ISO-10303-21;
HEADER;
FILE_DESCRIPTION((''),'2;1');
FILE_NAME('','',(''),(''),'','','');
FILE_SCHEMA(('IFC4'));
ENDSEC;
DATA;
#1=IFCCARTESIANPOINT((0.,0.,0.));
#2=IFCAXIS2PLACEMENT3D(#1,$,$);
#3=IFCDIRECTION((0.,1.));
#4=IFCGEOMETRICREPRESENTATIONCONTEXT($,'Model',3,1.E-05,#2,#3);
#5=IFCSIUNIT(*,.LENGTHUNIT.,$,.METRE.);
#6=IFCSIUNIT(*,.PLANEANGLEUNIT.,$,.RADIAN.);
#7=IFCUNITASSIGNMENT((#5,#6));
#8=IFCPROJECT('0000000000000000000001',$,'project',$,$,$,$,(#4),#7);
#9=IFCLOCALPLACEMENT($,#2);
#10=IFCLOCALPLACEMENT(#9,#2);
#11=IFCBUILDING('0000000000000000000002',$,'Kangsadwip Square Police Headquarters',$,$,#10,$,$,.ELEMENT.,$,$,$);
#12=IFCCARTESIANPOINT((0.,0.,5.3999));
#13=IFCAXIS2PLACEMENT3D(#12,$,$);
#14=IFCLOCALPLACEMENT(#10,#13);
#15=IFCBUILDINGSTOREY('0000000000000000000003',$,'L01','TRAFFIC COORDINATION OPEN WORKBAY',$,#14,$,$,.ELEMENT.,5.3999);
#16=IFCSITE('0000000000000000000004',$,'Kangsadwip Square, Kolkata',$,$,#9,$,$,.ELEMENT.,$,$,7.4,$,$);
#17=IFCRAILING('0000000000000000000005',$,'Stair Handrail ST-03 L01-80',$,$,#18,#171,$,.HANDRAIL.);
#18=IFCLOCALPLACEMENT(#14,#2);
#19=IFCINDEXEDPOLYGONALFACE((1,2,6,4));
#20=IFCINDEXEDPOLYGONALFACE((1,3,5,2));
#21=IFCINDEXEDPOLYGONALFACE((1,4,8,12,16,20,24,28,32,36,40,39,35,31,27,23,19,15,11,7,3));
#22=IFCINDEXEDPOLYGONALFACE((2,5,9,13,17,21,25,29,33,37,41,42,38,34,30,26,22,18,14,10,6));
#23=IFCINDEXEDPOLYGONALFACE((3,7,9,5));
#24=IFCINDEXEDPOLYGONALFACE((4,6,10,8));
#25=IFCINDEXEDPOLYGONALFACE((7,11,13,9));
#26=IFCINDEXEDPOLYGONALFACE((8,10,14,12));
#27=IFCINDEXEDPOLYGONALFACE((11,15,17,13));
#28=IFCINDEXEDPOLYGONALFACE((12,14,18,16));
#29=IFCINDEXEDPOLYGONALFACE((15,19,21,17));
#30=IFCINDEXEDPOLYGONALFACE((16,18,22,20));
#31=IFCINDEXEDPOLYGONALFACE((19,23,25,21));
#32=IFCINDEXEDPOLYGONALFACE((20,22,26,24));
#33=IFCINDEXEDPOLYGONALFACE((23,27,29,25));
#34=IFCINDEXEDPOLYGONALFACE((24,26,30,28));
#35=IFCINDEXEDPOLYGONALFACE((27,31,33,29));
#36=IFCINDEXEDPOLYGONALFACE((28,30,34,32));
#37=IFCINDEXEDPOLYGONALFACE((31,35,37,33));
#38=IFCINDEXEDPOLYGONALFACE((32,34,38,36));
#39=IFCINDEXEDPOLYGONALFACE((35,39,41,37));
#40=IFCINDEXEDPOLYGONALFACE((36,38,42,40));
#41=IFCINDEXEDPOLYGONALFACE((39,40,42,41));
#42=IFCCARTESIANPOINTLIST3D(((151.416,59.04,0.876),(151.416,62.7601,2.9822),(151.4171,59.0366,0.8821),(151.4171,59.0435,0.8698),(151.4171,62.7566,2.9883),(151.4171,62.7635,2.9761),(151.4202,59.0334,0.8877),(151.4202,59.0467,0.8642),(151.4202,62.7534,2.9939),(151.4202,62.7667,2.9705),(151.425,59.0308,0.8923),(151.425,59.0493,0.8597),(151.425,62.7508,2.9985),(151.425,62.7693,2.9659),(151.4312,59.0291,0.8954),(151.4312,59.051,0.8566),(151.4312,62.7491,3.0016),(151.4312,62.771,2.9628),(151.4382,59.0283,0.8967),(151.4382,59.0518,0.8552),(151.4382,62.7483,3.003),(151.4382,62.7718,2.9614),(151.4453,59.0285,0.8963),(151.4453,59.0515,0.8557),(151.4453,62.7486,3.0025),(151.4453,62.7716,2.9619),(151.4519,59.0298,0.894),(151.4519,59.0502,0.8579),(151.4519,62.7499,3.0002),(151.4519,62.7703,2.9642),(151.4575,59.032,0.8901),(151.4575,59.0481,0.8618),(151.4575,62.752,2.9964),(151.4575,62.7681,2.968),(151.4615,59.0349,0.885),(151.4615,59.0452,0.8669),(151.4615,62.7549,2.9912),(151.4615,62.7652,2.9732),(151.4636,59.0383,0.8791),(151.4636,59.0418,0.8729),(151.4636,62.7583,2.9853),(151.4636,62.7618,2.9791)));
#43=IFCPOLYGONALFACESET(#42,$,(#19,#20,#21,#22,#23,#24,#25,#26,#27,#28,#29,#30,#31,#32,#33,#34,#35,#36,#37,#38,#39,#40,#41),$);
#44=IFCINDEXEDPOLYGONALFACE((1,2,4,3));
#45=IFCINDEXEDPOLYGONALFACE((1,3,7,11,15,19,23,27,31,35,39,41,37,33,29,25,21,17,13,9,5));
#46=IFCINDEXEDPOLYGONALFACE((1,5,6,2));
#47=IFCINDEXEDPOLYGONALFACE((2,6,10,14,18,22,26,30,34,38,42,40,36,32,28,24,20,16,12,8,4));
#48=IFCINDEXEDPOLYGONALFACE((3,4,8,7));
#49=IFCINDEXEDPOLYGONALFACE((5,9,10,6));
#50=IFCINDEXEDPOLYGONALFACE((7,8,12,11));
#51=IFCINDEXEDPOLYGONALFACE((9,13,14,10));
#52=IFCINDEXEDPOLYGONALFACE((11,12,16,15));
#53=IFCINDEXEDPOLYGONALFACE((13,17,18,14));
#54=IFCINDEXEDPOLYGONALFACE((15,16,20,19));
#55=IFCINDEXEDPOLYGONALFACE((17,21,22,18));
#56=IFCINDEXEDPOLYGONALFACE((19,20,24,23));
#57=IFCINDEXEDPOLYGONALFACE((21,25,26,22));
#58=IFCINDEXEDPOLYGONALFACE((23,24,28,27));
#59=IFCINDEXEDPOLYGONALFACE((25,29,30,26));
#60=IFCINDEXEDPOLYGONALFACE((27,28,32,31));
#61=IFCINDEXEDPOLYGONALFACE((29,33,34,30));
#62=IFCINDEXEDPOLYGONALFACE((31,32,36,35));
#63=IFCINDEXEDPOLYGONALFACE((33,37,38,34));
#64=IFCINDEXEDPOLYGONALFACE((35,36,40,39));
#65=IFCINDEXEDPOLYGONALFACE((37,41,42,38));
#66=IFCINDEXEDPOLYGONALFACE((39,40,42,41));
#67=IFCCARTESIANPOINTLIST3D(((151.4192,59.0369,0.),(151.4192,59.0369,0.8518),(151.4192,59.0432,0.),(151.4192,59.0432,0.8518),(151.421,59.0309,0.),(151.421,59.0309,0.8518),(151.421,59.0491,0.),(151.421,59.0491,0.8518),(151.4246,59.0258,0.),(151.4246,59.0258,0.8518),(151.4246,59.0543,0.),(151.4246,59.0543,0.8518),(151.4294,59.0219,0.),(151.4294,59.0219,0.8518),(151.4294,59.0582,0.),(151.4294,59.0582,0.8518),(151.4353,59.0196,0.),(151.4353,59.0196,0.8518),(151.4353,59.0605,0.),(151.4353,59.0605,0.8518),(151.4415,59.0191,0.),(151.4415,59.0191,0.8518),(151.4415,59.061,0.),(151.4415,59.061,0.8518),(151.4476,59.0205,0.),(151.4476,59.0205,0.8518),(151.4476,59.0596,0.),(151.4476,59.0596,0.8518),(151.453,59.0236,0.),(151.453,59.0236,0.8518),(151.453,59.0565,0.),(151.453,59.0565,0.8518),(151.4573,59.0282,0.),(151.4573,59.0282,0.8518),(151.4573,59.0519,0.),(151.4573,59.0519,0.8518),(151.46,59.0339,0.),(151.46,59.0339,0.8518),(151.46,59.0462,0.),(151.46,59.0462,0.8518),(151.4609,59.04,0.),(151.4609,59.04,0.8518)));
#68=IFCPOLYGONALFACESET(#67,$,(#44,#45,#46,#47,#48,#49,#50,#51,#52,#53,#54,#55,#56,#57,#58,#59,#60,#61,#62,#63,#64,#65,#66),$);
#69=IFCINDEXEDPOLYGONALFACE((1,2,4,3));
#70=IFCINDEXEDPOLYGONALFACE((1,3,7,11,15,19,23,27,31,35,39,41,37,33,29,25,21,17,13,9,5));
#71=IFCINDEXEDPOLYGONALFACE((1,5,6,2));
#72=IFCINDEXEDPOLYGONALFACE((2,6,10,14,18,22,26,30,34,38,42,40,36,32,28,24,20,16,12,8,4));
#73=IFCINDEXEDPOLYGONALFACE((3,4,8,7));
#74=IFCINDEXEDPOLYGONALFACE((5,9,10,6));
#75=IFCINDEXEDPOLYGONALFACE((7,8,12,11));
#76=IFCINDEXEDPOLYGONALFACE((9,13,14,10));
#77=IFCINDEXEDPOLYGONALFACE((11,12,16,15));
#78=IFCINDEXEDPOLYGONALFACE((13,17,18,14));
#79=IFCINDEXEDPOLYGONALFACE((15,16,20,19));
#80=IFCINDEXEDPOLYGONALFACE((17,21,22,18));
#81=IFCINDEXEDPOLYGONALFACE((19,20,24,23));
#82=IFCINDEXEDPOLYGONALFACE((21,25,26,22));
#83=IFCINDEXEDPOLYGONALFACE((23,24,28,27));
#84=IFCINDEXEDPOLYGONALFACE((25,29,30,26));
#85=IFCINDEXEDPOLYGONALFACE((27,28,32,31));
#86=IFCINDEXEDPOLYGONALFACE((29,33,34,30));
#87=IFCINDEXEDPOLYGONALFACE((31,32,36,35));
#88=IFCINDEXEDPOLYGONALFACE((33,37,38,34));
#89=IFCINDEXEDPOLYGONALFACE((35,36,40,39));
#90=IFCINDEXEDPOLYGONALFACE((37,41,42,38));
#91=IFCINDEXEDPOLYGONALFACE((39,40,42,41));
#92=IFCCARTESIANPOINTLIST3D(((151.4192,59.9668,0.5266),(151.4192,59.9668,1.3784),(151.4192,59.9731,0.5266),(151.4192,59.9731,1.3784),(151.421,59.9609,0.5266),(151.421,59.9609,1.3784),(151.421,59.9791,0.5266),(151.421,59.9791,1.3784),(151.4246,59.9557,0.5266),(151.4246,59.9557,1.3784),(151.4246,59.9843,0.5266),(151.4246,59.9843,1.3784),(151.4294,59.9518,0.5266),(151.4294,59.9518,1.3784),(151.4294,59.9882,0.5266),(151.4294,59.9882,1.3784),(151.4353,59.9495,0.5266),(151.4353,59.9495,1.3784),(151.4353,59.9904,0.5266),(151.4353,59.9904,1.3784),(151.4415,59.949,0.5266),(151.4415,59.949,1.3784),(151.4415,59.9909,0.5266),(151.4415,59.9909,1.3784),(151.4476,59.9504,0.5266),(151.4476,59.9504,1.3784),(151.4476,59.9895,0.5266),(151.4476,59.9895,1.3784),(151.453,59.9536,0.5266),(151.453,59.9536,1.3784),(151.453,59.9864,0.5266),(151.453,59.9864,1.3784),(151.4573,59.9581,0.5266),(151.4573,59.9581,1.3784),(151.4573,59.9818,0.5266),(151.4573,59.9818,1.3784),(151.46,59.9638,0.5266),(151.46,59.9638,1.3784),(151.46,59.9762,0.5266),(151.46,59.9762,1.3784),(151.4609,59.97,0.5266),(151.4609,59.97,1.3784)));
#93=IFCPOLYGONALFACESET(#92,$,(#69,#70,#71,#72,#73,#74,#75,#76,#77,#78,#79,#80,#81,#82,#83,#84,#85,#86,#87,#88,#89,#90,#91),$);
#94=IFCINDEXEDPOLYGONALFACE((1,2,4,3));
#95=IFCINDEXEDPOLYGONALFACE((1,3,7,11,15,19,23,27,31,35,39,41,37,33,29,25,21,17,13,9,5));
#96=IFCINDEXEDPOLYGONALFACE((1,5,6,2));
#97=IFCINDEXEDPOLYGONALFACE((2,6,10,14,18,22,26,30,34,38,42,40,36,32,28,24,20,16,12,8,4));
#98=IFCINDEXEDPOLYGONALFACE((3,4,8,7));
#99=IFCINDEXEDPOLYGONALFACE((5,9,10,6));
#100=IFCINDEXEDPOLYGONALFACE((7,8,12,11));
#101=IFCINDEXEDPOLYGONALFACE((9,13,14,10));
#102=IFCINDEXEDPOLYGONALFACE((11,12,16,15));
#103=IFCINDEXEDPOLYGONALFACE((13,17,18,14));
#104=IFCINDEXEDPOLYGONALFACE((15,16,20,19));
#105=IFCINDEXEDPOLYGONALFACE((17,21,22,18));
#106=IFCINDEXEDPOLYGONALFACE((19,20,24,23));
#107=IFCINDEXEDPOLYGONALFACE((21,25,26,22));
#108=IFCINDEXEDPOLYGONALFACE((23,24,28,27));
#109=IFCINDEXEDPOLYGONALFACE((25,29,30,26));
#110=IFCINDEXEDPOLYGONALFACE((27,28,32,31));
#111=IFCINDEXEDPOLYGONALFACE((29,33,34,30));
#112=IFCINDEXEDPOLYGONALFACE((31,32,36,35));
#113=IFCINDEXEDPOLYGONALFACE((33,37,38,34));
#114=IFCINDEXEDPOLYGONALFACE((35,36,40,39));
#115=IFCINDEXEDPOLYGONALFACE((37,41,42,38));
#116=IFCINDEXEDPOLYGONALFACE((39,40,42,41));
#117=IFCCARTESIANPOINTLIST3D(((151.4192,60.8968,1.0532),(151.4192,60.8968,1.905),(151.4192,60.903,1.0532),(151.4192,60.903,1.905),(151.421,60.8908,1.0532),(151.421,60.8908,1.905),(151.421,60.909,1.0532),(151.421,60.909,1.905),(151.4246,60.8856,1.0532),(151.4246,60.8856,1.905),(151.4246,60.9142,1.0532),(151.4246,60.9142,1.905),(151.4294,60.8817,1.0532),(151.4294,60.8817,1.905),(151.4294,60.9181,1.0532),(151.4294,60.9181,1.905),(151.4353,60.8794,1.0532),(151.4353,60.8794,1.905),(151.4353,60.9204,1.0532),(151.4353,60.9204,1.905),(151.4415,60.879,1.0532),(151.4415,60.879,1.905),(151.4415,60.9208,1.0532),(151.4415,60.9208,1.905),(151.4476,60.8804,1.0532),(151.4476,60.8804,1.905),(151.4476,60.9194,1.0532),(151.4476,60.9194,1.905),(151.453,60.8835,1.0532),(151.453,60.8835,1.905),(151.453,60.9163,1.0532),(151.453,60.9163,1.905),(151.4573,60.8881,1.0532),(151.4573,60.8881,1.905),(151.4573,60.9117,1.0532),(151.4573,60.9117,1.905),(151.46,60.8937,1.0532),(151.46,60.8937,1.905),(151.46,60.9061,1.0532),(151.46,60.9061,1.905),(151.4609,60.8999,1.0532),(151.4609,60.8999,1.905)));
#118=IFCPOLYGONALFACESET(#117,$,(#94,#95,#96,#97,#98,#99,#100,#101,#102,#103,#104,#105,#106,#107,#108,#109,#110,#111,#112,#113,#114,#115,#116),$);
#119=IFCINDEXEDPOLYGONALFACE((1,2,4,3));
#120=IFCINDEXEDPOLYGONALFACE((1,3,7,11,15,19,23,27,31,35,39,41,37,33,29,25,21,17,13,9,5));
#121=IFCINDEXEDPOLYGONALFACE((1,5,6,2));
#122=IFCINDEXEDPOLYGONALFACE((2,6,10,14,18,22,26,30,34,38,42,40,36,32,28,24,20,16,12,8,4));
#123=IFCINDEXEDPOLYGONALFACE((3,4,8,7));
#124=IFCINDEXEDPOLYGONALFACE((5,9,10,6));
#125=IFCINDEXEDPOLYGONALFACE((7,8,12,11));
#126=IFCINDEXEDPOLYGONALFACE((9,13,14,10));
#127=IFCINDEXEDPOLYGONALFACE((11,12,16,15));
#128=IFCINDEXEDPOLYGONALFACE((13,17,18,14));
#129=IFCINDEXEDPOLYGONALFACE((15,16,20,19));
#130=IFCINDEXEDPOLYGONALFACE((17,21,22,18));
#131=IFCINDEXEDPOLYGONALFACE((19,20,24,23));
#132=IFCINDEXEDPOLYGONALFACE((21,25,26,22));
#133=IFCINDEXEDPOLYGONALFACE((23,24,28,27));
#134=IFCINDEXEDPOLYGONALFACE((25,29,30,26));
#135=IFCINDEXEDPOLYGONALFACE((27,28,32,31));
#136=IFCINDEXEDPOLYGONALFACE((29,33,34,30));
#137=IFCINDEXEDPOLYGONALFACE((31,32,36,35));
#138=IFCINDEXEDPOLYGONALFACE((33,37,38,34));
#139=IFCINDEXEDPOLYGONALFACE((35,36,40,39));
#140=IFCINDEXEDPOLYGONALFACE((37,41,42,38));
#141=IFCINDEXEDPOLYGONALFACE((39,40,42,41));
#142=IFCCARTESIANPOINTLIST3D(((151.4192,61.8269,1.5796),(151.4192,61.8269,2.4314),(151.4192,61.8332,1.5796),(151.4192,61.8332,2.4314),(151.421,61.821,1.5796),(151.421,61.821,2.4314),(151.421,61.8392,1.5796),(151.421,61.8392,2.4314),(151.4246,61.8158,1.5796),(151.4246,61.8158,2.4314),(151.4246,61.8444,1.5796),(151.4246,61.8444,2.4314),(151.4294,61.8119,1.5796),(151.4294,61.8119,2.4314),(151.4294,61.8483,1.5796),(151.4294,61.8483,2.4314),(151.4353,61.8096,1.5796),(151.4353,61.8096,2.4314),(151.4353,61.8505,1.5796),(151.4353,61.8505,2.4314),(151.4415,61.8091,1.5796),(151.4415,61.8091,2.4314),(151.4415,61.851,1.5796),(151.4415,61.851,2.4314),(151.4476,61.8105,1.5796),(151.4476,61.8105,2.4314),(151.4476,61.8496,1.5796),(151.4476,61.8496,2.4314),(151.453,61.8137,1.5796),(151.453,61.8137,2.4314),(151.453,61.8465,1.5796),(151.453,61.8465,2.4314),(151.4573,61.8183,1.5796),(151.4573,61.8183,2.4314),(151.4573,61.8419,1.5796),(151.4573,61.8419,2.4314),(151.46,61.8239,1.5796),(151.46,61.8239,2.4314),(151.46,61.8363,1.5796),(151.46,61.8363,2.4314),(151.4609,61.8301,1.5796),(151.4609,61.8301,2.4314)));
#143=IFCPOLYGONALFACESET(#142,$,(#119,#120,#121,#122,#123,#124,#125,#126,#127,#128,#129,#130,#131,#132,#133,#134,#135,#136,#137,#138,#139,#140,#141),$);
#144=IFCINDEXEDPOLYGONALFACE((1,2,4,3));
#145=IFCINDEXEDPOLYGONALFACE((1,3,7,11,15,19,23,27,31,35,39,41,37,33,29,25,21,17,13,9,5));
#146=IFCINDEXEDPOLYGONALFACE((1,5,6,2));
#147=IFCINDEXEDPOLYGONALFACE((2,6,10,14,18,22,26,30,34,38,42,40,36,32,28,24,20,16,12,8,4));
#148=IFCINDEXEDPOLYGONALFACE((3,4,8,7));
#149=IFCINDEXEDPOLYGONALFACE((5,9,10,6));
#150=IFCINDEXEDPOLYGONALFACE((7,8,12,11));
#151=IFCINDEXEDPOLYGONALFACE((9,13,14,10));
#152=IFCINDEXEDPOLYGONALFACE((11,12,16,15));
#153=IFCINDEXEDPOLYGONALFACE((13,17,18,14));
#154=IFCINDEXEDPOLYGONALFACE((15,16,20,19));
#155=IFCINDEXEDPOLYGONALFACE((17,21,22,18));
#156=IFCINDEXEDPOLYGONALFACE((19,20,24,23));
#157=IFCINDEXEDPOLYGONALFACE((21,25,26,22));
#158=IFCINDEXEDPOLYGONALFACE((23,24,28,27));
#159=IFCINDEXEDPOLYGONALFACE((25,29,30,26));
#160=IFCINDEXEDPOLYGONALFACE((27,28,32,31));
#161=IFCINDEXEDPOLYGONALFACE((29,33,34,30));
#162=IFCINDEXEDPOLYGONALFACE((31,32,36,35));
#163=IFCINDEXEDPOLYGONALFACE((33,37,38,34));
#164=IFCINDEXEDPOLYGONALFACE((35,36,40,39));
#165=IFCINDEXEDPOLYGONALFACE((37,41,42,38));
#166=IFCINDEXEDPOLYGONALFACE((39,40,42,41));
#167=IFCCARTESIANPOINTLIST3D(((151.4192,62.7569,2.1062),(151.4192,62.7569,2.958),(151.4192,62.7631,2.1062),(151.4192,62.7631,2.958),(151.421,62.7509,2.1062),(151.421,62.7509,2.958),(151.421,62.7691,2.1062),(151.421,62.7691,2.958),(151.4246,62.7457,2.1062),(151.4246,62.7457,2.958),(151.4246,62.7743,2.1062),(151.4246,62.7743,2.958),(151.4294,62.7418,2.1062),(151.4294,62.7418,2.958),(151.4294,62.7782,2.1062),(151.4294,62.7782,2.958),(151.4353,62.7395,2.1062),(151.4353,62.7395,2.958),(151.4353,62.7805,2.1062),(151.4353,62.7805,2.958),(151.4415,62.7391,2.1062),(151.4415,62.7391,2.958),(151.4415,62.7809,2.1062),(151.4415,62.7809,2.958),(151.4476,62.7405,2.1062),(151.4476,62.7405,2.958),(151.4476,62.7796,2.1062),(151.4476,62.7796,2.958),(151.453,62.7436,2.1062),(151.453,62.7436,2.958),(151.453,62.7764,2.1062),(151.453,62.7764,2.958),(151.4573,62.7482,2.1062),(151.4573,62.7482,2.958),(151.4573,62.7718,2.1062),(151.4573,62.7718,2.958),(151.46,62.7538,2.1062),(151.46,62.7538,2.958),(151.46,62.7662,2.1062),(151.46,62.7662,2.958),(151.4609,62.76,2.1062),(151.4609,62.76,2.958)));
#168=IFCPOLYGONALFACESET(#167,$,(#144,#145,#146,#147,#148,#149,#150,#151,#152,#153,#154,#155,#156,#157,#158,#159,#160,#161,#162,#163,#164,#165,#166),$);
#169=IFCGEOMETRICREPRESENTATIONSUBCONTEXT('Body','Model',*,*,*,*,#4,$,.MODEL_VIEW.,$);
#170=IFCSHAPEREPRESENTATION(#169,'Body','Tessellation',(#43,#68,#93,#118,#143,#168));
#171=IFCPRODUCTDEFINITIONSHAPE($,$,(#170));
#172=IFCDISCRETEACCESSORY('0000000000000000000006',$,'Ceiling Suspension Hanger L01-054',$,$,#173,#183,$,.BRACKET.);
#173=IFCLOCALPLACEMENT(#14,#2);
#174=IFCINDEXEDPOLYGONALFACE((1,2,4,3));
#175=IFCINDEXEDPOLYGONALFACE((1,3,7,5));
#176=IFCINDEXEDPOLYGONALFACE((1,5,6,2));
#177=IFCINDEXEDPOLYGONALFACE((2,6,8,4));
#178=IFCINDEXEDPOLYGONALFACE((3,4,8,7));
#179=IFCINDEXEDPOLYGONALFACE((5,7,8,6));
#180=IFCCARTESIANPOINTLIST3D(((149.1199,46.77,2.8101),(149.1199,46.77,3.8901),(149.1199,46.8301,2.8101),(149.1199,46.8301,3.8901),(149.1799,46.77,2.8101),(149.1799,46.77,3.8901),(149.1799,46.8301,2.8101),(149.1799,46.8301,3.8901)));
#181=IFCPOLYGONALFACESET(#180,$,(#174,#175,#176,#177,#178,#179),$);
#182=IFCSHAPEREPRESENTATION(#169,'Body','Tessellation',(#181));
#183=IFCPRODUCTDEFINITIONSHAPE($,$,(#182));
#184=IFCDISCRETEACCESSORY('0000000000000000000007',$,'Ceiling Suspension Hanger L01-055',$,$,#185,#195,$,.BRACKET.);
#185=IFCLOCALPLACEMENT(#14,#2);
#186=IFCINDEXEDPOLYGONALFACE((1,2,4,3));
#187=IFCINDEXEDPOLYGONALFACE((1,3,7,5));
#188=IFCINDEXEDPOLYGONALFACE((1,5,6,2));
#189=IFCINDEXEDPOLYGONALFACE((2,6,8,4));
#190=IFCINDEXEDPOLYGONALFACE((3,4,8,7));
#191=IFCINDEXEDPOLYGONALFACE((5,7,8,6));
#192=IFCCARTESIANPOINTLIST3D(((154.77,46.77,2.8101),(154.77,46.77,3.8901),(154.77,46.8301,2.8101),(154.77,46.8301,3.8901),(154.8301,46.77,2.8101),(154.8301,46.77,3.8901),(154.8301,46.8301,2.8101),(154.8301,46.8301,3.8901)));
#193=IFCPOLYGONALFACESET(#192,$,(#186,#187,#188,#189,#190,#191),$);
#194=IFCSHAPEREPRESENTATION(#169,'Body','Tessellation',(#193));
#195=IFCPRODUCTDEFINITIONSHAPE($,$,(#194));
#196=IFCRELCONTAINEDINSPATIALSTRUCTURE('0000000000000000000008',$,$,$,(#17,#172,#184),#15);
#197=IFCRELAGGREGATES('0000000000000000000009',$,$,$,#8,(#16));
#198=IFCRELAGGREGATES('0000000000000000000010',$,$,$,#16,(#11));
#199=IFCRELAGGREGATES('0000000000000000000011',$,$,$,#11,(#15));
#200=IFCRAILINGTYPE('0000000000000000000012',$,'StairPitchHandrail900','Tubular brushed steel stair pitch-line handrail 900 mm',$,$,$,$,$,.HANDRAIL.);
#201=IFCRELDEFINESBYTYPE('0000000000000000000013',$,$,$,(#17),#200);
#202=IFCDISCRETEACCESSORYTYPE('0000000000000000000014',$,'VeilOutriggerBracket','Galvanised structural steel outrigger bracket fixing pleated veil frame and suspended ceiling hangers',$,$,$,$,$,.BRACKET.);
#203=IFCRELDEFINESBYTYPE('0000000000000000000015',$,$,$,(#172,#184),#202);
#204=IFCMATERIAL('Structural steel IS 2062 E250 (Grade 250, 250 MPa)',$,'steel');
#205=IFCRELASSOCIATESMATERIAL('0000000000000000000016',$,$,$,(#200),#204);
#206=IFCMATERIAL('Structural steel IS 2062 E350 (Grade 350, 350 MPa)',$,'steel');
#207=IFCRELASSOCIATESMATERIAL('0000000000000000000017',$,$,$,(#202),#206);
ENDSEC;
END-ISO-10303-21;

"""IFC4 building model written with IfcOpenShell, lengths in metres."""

from ifc_helpers import new_model, si_unit, direction, frame, origin, origin_2d, place, context, subcontext, project, spatial, rectangle, circle, extrude, material, type_object, element, save


model = new_model("IFC4")

# Units and contexts
model_context = context("Model", 3, precision=1e-05, world=origin(), true_north=direction((0.0, 1.0)))
body_context = subcontext(model_context, "Body", "Model", "MODEL_VIEW")
ifc_project = project(units=[si_unit("LENGTHUNIT", "METRE"), si_unit("PLANEANGLEUNIT", "RADIAN")], contexts=[model_context])

# Site, building, storey
site_placement = place(None, origin())
site = spatial("IfcSite", under=ifc_project, at=site_placement, Name="Kangsadwip Square, Kolkata", CompositionType="ELEMENT", RefElevation=7.4)
building_placement = place(site_placement, origin())
building = spatial("IfcBuilding", under=site, at=building_placement, Name="Kangsadwip Square Police Headquarters", CompositionType="ELEMENT")
storey_placement = place(building_placement, frame((0.0, 0.0, 5.3999)))
storey = spatial("IfcBuildingStorey", under=building, at=storey_placement, Name="L01", Description="TRAFFIC COORDINATION OPEN WORKBAY", CompositionType="ELEMENT", Elevation=5.3999)

# Railing
ifc_material_1 = material(Name="Structural steel IS 2062 E250 (Grade 250, 250 MPa)", Category="steel")
railing_type = type_object("IfcRailingType", Name="StairPitchHandrail900", Description="Tubular brushed steel stair pitch-line handrail 900 mm", PredefinedType="HANDRAIL", material=ifc_material_1)
railing_placement = place(storey_placement, frame((151.4399, 59.04, 0.0)))
element("IfcRailing", 1, at=railing_placement, inside=storey, type_object=railing_type, Name="Stair Handrail ST-03 L01-80", PredefinedType="HANDRAIL", context=body_context, shape_type="SweptSolid", body=[
    extrude(circle(Radius=0.0239, at=origin_2d()), frame((0.0, 0.0, 0.876), z_axis=(0.0, 0.870201, 0.492697), x_axis=(-1.0, 0.0, 0.0)), (0.0, 0.0, 1.0), 4.2749),
    extrude(circle(Radius=0.021, at=origin_2d()), origin(), (0.0, 0.0, 1.0), 0.8518),
    extrude(circle(Radius=0.021, at=origin_2d()), frame((0.0, 0.9299, 0.5266)), (0.0, 0.0, 1.0), 0.8518),
    extrude(circle(Radius=0.021, at=origin_2d()), frame((0.0, 1.8599, 1.0532)), (0.0, 0.0, 1.0), 0.8518),
    extrude(circle(Radius=0.021, at=origin_2d()), frame((0.0, 2.79, 1.5796)), (0.0, 0.0, 1.0), 0.8518),
    extrude(circle(Radius=0.021, at=origin_2d()), frame((0.0, 3.72, 2.1062)), (0.0, 0.0, 1.0), 0.8518),
])

# Discrete accessories
ifc_material_2 = material(Name="Structural steel IS 2062 E350 (Grade 350, 350 MPa)", Category="steel")
discrete_accessory_type = type_object("IfcDiscreteAccessoryType", Name="VeilOutriggerBracket", Description="Galvanised structural steel outrigger bracket fixing pleated veil frame and suspended ceiling hangers", PredefinedType="BRACKET", material=ifc_material_2)
for number, where, z_axis, x_axis, name in (
    (2, (149.1499, 46.8, 2.8101), (0.0, 0.0, 1.0), (1.0, 0.0, 0.0), "Ceiling Suspension Hanger L01-054"),
    (3, (154.8, 46.8, 2.8101), (0.0, 0.0, 1.0), (1.0, 0.0, 0.0), "Ceiling Suspension Hanger L01-055"),
):
    element("IfcDiscreteAccessory", number, at=place(storey_placement, frame(where, z_axis=z_axis, x_axis=x_axis)), inside=storey, type_object=discrete_accessory_type, Name=name, PredefinedType="BRACKET", context=body_context, shape_type="SweptSolid", body=[
        extrude(rectangle(XDim=0.0601, YDim=0.0601, at=origin_2d()), origin(), (0.0, 0.0, 1.0), 1.0801),
    ])

save(model, "model.ifc")
